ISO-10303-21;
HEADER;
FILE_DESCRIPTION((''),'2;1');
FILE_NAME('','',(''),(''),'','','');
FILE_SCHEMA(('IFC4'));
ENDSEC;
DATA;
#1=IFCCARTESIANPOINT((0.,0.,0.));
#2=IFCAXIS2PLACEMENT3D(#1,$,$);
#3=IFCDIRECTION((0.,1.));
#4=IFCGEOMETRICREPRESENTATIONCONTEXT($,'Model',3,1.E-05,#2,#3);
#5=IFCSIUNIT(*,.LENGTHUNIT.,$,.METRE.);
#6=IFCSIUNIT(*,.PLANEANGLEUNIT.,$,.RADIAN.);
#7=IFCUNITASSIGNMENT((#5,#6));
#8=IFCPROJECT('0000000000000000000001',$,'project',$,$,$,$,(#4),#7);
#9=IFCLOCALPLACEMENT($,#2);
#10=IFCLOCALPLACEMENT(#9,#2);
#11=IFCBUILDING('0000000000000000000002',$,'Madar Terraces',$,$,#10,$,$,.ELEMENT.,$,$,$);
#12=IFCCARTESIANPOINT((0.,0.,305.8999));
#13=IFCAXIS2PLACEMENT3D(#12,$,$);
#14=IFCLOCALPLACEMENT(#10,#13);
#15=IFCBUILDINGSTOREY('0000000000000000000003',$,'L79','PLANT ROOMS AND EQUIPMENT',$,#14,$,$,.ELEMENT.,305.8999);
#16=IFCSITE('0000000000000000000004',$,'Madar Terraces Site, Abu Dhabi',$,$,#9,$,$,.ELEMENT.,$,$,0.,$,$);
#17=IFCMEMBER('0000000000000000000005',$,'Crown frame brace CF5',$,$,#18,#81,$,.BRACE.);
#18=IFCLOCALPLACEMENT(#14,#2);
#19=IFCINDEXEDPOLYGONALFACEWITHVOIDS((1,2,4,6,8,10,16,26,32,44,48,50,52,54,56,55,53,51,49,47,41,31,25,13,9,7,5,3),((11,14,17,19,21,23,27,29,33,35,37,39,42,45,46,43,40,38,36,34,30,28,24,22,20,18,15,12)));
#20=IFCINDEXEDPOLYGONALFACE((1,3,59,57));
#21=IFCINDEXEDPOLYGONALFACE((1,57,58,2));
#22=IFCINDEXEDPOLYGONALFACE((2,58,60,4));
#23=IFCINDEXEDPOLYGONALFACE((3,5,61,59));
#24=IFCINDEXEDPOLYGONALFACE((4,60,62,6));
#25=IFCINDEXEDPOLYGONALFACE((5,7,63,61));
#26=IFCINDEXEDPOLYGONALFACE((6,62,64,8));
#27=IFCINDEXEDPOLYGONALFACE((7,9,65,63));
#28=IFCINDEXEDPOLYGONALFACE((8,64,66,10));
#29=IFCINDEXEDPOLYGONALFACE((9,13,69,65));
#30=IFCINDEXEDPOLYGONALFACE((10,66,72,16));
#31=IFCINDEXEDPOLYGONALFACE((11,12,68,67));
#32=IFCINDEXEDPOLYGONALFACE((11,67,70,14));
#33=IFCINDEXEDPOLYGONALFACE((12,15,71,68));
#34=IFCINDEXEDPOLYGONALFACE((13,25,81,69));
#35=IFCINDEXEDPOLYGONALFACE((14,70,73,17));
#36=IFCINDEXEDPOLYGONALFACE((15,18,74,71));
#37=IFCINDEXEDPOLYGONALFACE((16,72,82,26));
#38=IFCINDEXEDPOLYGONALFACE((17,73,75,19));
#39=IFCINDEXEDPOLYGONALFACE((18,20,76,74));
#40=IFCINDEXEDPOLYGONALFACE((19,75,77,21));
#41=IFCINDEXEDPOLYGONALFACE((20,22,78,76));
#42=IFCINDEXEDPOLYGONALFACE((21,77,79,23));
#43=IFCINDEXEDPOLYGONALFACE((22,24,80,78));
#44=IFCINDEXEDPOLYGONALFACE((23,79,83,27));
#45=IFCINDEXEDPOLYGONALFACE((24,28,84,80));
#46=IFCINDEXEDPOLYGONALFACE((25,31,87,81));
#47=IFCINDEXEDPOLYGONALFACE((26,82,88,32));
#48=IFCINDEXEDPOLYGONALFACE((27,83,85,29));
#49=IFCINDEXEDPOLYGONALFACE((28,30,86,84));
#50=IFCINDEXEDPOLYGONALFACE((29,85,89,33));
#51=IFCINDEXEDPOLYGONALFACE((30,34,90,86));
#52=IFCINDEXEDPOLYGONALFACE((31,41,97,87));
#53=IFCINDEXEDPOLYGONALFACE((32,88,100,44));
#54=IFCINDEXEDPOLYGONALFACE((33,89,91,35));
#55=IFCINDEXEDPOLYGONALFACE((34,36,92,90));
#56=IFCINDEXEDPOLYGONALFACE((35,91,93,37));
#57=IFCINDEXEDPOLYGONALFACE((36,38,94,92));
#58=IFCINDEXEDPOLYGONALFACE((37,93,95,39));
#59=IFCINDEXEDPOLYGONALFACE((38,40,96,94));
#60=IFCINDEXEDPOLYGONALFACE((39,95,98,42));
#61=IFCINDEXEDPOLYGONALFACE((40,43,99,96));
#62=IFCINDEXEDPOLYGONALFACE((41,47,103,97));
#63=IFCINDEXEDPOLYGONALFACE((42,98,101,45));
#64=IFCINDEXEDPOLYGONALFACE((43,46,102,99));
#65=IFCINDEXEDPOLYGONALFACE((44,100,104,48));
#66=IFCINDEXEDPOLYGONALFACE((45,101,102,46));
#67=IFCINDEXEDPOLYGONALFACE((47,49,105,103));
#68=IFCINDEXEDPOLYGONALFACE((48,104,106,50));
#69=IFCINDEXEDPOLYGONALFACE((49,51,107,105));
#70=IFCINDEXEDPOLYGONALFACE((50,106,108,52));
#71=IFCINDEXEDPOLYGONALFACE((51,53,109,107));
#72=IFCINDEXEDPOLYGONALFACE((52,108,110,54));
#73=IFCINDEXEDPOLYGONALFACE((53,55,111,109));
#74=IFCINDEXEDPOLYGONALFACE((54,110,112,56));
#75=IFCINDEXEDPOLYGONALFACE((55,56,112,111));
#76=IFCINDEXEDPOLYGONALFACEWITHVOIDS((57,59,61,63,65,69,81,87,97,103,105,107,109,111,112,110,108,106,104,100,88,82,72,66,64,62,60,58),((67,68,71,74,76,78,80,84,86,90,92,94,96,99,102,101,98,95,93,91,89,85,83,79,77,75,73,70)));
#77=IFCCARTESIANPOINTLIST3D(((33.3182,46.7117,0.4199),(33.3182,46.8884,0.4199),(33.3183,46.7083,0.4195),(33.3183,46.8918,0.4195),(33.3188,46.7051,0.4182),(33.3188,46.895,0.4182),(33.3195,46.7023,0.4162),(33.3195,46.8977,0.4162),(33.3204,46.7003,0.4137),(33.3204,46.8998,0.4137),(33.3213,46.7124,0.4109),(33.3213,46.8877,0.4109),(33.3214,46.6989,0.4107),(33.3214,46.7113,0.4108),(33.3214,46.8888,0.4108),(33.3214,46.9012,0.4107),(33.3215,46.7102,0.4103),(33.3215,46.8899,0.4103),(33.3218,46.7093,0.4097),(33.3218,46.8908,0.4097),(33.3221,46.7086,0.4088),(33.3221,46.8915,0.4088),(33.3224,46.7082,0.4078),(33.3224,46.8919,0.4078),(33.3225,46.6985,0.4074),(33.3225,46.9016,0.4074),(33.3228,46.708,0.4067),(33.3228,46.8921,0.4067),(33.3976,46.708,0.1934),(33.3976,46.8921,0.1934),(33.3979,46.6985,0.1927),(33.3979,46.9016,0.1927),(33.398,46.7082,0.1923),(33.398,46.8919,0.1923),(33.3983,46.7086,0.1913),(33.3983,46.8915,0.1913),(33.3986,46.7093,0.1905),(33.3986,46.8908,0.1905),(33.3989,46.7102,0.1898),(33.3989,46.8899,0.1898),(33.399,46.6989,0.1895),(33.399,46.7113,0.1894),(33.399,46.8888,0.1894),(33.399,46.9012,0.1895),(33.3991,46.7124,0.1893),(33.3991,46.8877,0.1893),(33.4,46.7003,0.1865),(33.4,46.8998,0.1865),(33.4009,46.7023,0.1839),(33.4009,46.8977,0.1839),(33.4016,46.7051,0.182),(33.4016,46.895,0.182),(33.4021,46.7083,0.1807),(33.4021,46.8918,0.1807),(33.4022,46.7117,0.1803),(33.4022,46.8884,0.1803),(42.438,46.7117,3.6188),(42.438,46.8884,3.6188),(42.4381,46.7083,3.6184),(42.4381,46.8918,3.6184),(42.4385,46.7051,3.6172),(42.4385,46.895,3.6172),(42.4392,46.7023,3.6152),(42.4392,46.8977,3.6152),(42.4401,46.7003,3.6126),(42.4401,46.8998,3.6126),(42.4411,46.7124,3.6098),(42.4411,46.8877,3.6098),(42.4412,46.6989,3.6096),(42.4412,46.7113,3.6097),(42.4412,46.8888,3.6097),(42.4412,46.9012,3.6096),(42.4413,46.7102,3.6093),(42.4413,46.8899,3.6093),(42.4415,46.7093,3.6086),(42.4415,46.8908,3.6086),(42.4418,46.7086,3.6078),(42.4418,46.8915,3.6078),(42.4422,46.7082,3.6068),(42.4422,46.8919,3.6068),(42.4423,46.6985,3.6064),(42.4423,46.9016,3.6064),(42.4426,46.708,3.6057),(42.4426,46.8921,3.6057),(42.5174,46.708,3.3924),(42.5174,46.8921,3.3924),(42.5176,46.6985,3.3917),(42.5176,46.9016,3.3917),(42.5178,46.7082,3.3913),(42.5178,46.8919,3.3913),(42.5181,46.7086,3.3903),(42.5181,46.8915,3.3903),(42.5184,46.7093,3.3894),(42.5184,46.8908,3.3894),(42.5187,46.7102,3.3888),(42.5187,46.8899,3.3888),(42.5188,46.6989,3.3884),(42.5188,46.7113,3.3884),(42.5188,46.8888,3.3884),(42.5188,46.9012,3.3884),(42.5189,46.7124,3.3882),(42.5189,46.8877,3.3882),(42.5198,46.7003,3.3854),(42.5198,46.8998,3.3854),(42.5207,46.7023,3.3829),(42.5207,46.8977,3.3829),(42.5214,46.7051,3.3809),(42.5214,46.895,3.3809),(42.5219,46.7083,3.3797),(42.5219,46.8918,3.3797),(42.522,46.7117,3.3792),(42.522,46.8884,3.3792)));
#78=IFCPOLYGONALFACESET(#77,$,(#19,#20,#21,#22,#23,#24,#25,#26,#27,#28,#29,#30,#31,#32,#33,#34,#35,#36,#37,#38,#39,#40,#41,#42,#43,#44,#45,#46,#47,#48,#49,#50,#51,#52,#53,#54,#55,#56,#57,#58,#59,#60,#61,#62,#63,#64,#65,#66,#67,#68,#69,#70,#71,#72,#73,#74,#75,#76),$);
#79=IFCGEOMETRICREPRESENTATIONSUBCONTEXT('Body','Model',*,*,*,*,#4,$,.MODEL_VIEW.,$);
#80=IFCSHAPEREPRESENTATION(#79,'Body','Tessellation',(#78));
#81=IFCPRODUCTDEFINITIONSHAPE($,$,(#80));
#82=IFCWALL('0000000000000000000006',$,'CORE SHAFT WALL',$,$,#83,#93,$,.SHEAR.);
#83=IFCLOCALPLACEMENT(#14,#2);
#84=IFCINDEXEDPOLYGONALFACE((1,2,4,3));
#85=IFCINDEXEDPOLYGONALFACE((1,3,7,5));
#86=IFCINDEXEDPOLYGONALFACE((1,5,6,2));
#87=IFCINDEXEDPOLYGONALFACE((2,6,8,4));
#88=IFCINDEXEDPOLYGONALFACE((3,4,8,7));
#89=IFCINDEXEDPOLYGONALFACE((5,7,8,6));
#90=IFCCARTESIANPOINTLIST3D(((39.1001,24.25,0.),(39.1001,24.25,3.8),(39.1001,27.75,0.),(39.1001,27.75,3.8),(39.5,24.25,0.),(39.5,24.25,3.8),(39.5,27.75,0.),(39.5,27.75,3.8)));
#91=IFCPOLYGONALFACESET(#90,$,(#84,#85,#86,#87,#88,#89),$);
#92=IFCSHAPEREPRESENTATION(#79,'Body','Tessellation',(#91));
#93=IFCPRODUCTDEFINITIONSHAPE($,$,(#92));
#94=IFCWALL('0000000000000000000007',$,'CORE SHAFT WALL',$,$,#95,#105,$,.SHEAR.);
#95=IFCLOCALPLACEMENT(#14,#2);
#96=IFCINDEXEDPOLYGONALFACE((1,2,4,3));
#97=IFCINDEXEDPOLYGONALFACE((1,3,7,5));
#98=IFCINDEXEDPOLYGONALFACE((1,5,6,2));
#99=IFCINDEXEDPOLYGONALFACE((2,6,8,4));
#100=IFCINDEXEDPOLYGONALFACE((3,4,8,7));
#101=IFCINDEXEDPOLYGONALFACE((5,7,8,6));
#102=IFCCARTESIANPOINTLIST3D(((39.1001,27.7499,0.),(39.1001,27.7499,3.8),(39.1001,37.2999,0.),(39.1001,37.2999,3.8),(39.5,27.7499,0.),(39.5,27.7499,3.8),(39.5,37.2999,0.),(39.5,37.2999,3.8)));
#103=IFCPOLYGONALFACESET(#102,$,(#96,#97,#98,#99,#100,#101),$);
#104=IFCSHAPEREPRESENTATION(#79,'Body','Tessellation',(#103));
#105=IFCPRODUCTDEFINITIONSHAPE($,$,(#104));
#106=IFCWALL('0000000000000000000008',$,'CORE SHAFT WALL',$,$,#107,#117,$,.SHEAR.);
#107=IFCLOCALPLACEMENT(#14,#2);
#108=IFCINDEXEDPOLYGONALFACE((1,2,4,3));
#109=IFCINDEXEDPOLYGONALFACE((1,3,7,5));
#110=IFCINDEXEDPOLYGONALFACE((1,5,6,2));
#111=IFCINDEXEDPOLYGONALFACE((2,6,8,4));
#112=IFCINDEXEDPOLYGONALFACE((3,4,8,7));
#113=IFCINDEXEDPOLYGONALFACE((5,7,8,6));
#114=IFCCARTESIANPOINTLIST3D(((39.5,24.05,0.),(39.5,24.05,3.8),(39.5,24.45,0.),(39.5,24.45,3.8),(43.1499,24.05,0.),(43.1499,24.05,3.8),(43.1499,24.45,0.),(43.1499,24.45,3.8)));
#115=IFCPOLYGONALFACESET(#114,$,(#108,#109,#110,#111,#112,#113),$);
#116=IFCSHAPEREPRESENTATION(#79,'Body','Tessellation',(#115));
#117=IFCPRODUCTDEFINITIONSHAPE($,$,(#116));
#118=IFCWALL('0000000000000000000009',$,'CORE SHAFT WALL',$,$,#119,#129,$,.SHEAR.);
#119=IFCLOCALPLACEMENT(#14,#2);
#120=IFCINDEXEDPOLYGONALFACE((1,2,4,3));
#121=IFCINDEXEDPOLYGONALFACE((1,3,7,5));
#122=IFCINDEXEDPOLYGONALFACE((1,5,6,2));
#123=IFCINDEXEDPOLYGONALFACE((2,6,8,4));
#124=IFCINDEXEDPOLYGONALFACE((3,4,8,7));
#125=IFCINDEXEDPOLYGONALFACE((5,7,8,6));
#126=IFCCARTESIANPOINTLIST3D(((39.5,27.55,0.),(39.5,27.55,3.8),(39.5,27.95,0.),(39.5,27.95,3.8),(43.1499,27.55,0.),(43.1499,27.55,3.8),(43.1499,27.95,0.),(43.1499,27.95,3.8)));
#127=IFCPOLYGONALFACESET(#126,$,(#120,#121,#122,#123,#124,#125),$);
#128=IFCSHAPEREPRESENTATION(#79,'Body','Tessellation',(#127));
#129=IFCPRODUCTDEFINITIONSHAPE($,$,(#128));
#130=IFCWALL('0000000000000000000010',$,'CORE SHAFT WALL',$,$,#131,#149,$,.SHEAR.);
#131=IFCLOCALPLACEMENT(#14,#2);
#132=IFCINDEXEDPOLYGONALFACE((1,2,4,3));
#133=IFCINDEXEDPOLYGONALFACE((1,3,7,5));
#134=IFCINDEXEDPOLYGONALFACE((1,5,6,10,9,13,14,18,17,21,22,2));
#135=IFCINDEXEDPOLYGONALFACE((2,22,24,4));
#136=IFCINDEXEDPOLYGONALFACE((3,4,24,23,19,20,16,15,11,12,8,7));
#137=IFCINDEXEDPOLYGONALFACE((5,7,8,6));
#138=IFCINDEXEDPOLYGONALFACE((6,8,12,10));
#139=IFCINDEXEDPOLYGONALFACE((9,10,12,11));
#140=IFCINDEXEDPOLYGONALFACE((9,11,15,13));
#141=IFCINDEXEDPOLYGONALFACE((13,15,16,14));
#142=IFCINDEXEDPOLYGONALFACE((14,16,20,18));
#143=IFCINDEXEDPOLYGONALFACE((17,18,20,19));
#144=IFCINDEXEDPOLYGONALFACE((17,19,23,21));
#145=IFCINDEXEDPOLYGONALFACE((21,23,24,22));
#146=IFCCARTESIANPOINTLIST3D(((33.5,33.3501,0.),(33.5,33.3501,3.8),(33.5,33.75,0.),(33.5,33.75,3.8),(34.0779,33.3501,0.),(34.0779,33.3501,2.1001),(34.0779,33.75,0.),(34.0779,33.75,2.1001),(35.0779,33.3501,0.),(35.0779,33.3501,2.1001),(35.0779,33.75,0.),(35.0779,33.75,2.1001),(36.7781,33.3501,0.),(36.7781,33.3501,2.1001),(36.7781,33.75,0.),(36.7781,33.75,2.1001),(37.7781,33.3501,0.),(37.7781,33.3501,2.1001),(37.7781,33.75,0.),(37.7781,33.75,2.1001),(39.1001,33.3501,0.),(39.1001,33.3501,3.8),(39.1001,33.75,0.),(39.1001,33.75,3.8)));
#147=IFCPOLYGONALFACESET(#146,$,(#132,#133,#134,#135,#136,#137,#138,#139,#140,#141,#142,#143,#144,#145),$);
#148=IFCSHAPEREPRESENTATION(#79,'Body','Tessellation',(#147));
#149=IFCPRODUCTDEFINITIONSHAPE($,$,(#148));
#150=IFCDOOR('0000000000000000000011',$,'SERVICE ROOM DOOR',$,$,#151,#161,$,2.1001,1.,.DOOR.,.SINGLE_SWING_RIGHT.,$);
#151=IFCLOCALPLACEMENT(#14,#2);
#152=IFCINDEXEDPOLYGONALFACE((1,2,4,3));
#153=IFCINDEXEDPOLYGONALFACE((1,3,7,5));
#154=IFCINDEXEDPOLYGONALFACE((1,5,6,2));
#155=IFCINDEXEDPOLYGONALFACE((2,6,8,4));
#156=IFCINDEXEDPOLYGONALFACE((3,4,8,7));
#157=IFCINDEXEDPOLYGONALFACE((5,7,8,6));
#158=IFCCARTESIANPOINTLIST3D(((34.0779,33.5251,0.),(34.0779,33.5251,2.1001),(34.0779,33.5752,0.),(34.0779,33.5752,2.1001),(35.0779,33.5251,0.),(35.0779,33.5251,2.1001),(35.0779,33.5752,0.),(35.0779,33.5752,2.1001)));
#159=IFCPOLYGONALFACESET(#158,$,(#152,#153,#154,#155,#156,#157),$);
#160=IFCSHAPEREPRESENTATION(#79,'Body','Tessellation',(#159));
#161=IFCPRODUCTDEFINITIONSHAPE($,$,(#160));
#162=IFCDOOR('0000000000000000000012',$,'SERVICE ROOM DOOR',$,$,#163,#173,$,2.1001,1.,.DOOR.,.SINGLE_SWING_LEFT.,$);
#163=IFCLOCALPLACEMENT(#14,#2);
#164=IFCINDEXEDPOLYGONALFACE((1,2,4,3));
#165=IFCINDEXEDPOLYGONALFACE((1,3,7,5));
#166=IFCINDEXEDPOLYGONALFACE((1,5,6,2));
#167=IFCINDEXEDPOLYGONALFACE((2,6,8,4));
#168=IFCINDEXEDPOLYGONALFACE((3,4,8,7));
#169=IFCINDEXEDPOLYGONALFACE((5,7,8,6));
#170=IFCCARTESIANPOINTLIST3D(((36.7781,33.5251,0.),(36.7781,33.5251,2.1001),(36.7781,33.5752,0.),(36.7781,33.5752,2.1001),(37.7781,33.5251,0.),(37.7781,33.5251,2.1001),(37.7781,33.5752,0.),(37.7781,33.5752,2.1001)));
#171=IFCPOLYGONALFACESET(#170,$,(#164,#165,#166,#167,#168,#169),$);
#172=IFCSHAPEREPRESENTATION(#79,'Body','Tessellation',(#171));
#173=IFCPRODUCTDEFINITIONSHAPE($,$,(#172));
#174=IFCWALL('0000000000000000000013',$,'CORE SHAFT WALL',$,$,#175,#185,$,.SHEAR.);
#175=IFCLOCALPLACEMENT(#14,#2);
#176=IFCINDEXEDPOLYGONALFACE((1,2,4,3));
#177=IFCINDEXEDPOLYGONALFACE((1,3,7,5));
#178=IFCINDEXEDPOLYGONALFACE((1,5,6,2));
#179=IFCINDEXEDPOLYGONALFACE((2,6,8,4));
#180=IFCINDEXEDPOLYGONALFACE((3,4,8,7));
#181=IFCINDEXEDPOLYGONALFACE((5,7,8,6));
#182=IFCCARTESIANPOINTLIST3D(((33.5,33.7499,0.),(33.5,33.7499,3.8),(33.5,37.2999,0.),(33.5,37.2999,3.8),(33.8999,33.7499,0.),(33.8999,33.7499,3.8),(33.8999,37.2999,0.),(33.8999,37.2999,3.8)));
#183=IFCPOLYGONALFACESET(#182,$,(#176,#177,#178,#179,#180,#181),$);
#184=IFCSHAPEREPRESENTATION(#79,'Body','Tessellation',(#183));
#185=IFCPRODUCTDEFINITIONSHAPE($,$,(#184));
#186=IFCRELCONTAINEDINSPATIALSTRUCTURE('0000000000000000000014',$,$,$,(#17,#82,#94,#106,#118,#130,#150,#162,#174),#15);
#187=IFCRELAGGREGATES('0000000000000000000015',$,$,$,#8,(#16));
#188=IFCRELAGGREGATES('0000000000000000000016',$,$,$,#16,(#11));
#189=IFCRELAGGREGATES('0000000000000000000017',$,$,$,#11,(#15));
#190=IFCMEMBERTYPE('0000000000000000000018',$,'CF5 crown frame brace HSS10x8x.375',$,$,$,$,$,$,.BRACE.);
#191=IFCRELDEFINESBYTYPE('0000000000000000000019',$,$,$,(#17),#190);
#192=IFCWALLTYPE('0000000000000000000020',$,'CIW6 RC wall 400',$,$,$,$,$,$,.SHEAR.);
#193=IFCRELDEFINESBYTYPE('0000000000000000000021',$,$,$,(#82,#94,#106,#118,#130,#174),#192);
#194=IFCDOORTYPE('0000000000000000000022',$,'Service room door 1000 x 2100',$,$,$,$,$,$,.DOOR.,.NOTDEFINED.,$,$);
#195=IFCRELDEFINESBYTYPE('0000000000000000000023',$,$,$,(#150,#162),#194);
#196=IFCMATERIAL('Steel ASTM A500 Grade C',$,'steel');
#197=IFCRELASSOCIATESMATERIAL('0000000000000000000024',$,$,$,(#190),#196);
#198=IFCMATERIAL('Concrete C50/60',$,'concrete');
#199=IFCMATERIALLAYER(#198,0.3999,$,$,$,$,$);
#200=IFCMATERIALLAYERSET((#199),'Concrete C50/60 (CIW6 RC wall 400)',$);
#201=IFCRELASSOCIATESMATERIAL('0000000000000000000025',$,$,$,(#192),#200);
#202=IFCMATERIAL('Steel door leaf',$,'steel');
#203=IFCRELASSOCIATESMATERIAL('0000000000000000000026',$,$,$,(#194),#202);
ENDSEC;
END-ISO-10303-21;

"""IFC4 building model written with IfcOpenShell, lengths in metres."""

from ifc_helpers import new_model, si_unit, direction, frame, frame_2d, origin, origin_2d, place, context, subcontext, project, spatial, rectangle, hollow_rectangle, extrude, material, layer, layer_set, material_profile, profile_set, type_object, element, fill, save


model = new_model("IFC4")

# Units and contexts
model_context = context("Model", 3, precision=1e-05, world=origin(), true_north=direction((0.0, 1.0)))
body_context = subcontext(model_context, "Body", "Model", "MODEL_VIEW")
ifc_project = project(units=[si_unit("LENGTHUNIT", "METRE"), si_unit("PLANEANGLEUNIT", "RADIAN")], contexts=[model_context])

# Site, building, storey
site_placement = place(None, origin())
site = spatial("IfcSite", under=ifc_project, at=site_placement, Name="Madar Terraces Site, Abu Dhabi", CompositionType="ELEMENT", RefElevation=0.0)
building_placement = place(site_placement, origin())
building = spatial("IfcBuilding", under=site, at=building_placement, Name="Madar Terraces", CompositionType="ELEMENT")
storey_placement = place(building_placement, frame((0.0, 0.0, 305.8999)))
storey = spatial("IfcBuildingStorey", under=building, at=storey_placement, Name="L79", Description="PLANT ROOMS AND EQUIPMENT", CompositionType="ELEMENT", Elevation=305.8999)

# Member
ifc_material_1 = material(Name="Steel ASTM A500 Grade C", Category="steel")
ifc_material_profile_1 = material_profile(ifc_material_1, hollow_rectangle(XDim=0.2031, YDim=0.2539, WallThickness=0.0095, InnerFilletRadius=0.0044, OuterFilletRadius=0.0132, at=origin_2d()), Name="HSS10x8x.375")
ifc_profile_set_1 = profile_set([ifc_material_profile_1], Name="Steel ASTM A500 Grade C")
member_type = type_object("IfcMemberType", Name="CF5 crown frame brace HSS10x8x.375", PredefinedType="BRACE", material=ifc_profile_set_1)
member_placement = place(storey_placement, frame((42.48, 46.8, 3.499), z_axis=(-0.943632, 0.0, -0.330997), x_axis=(0.0, -1.0, 0.0)))
element("IfcMember", 1, at=member_placement, inside=storey, type_object=member_type, Name="Crown frame brace CF5", PredefinedType="BRACE", context=body_context, shape_type="SweptSolid", body=[
    extrude(hollow_rectangle(XDim=0.2031, YDim=0.2539, WallThickness=0.0095, InnerFilletRadius=0.0044, OuterFilletRadius=0.0132, at=origin_2d()), origin(), (0.0, 0.0, 1.0), 9.6646),
])

# Walls
ifc_material_2 = material(Name="Concrete C50/60", Category="concrete")
ifc_layer_1 = layer(ifc_material_2, 0.3999)
ifc_layer_set_1 = layer_set([ifc_layer_1], Name="Concrete C50/60 (CIW6 RC wall 400)")
wall_type_1 = type_object("IfcWallType", Name="CIW6 RC wall 400", PredefinedType="SHEAR", material=ifc_layer_set_1)
wall_1_placement = place(storey_placement, frame((39.3, 24.25, 0.0), z_axis=(0.0, 0.0, 1.0), x_axis=(0.0, 1.0, 0.0)))
element("IfcWall", 2, at=wall_1_placement, inside=storey, type_object=wall_type_1, Name="CORE SHAFT WALL", PredefinedType="SHEAR", context=body_context, shape_type="SweptSolid", body=[
    extrude(rectangle(XDim=3.5, YDim=0.3999, at=frame_2d((1.75, 0.0))), origin(), (0.0, 0.0, 1.0), 3.8),
])
wall_2_placement = place(storey_placement, frame((39.3, 27.75, 0.0), z_axis=(0.0, 0.0, 1.0), x_axis=(0.0, 1.0, 0.0)))
element("IfcWall", 3, at=wall_2_placement, inside=storey, type_object=wall_type_1, Name="CORE SHAFT WALL", PredefinedType="SHEAR", context=body_context, shape_type="SweptSolid", body=[
    extrude(rectangle(XDim=9.55, YDim=0.3999, at=frame_2d((4.7749, 0.0))), origin(), (0.0, 0.0, 1.0), 3.8),
])
for number, where, z_axis, x_axis, name in (
    (4, (39.5, 24.25, 0.0), (0.0, 0.0, 1.0), (1.0, 0.0, 0.0), "CORE SHAFT WALL"),
    (5, (39.5, 27.75, 0.0), (0.0, 0.0, 1.0), (1.0, 0.0, 0.0), "CORE SHAFT WALL"),
):
    element("IfcWall", number, at=place(storey_placement, frame(where, z_axis=z_axis, x_axis=x_axis)), inside=storey, type_object=wall_type_1, Name=name, PredefinedType="SHEAR", context=body_context, shape_type="SweptSolid", body=[
        extrude(rectangle(XDim=3.6499, YDim=0.3999, at=frame_2d((1.825, 0.0))), origin(), (0.0, 0.0, 1.0), 3.8),
    ])

# Wall, openings, doors
wall_3_placement = place(storey_placement, frame((33.5, 33.55, 0.0), z_axis=(0.0, 0.0, 1.0), x_axis=(1.0, 0.0, 0.0)))
wall_3 = element("IfcWall", 6, at=wall_3_placement, inside=storey, type_object=wall_type_1, Name="CORE SHAFT WALL", PredefinedType="SHEAR", context=body_context, shape_type="SweptSolid", body=[
    extrude(rectangle(XDim=5.6001, YDim=0.3999, at=frame_2d((2.8, 0.0))), origin(), (0.0, 0.0, 1.0), 3.8),
])
opening_1_placement = place(wall_3_placement, frame((0.5779, 0.0, 0.0)))
opening_1 = element("IfcOpeningElement", 7, at=opening_1_placement, cuts=wall_3, PredefinedType="OPENING", context=body_context, shape_type="SweptSolid", body=[
    extrude(rectangle(XDim=1.0, YDim=2.1001, at=frame_2d((0.5, 1.05))), frame((0.0, 0.21, 0.0), z_axis=(0.0, -1.0, 0.0), x_axis=(1.0, 0.0, 0.0)), (0.0, 0.0, 1.0), 0.4199),
])
opening_2_placement = place(wall_3_placement, frame((3.2781, 0.0, 0.0)))
opening_2 = element("IfcOpeningElement", 8, at=opening_2_placement, cuts=wall_3, PredefinedType="OPENING", context=body_context, shape_type="SweptSolid", body=[
    extrude(rectangle(XDim=1.0, YDim=2.1001, at=frame_2d((0.5, 1.05))), frame((0.0, 0.21, 0.0), z_axis=(0.0, -1.0, 0.0), x_axis=(1.0, 0.0, 0.0)), (0.0, 0.0, 1.0), 0.4199),
])
ifc_material_3 = material(Name="Steel door leaf", Category="steel")
door_type = type_object("IfcDoorType", Name="Service room door 1000 x 2100", OperationType="NOTDEFINED", PredefinedType="DOOR", material=ifc_material_3)
door_1_placement = place(opening_1_placement, frame((1.0, 0.0, 0.0), z_axis=(0.0, 0.0, 1.0), x_axis=(-1.0, 0.0, 0.0)))
door_1 = element("IfcDoor", 9, at=door_1_placement, inside=storey, type_object=door_type, Name="SERVICE ROOM DOOR", OperationType="SINGLE_SWING_RIGHT", OverallHeight=2.1001, OverallWidth=1.0, PredefinedType="DOOR", context=body_context, shape_type="SweptSolid", body=[
    extrude(rectangle(XDim=1.0, YDim=2.1001, at=frame_2d((0.5, 1.05))), frame((0.0, 0.0249, 0.0), z_axis=(0.0, -1.0, 0.0), x_axis=(1.0, 0.0, 0.0)), (0.0, 0.0, 1.0), 0.05),
])
fill(opening_1, door_1)
door_2_placement = place(opening_2_placement, frame((1.0, 0.0, 0.0), z_axis=(0.0, 0.0, 1.0), x_axis=(-1.0, 0.0, 0.0)))
door_2 = element("IfcDoor", 10, at=door_2_placement, inside=storey, type_object=door_type, Name="SERVICE ROOM DOOR", OperationType="SINGLE_SWING_LEFT", OverallHeight=2.1001, OverallWidth=1.0, PredefinedType="DOOR", context=body_context, shape_type="SweptSolid", body=[
    extrude(rectangle(XDim=1.0, YDim=2.1001, at=frame_2d((0.5, 1.05))), frame((0.0, 0.0249, 0.0), z_axis=(0.0, -1.0, 0.0), x_axis=(1.0, 0.0, 0.0)), (0.0, 0.0, 1.0), 0.05),
])
fill(opening_2, door_2)

# Wall
wall_4_placement = place(storey_placement, frame((33.7, 33.75, 0.0), z_axis=(0.0, 0.0, 1.0), x_axis=(0.0, 1.0, 0.0)))
element("IfcWall", 11, at=wall_4_placement, inside=storey, type_object=wall_type_1, Name="CORE SHAFT WALL", PredefinedType="SHEAR", context=body_context, shape_type="SweptSolid", body=[
    extrude(rectangle(XDim=3.55, YDim=0.3999, at=frame_2d((1.7749, 0.0))), origin(), (0.0, 0.0, 1.0), 3.8),
])

save(model, "model.ifc")
